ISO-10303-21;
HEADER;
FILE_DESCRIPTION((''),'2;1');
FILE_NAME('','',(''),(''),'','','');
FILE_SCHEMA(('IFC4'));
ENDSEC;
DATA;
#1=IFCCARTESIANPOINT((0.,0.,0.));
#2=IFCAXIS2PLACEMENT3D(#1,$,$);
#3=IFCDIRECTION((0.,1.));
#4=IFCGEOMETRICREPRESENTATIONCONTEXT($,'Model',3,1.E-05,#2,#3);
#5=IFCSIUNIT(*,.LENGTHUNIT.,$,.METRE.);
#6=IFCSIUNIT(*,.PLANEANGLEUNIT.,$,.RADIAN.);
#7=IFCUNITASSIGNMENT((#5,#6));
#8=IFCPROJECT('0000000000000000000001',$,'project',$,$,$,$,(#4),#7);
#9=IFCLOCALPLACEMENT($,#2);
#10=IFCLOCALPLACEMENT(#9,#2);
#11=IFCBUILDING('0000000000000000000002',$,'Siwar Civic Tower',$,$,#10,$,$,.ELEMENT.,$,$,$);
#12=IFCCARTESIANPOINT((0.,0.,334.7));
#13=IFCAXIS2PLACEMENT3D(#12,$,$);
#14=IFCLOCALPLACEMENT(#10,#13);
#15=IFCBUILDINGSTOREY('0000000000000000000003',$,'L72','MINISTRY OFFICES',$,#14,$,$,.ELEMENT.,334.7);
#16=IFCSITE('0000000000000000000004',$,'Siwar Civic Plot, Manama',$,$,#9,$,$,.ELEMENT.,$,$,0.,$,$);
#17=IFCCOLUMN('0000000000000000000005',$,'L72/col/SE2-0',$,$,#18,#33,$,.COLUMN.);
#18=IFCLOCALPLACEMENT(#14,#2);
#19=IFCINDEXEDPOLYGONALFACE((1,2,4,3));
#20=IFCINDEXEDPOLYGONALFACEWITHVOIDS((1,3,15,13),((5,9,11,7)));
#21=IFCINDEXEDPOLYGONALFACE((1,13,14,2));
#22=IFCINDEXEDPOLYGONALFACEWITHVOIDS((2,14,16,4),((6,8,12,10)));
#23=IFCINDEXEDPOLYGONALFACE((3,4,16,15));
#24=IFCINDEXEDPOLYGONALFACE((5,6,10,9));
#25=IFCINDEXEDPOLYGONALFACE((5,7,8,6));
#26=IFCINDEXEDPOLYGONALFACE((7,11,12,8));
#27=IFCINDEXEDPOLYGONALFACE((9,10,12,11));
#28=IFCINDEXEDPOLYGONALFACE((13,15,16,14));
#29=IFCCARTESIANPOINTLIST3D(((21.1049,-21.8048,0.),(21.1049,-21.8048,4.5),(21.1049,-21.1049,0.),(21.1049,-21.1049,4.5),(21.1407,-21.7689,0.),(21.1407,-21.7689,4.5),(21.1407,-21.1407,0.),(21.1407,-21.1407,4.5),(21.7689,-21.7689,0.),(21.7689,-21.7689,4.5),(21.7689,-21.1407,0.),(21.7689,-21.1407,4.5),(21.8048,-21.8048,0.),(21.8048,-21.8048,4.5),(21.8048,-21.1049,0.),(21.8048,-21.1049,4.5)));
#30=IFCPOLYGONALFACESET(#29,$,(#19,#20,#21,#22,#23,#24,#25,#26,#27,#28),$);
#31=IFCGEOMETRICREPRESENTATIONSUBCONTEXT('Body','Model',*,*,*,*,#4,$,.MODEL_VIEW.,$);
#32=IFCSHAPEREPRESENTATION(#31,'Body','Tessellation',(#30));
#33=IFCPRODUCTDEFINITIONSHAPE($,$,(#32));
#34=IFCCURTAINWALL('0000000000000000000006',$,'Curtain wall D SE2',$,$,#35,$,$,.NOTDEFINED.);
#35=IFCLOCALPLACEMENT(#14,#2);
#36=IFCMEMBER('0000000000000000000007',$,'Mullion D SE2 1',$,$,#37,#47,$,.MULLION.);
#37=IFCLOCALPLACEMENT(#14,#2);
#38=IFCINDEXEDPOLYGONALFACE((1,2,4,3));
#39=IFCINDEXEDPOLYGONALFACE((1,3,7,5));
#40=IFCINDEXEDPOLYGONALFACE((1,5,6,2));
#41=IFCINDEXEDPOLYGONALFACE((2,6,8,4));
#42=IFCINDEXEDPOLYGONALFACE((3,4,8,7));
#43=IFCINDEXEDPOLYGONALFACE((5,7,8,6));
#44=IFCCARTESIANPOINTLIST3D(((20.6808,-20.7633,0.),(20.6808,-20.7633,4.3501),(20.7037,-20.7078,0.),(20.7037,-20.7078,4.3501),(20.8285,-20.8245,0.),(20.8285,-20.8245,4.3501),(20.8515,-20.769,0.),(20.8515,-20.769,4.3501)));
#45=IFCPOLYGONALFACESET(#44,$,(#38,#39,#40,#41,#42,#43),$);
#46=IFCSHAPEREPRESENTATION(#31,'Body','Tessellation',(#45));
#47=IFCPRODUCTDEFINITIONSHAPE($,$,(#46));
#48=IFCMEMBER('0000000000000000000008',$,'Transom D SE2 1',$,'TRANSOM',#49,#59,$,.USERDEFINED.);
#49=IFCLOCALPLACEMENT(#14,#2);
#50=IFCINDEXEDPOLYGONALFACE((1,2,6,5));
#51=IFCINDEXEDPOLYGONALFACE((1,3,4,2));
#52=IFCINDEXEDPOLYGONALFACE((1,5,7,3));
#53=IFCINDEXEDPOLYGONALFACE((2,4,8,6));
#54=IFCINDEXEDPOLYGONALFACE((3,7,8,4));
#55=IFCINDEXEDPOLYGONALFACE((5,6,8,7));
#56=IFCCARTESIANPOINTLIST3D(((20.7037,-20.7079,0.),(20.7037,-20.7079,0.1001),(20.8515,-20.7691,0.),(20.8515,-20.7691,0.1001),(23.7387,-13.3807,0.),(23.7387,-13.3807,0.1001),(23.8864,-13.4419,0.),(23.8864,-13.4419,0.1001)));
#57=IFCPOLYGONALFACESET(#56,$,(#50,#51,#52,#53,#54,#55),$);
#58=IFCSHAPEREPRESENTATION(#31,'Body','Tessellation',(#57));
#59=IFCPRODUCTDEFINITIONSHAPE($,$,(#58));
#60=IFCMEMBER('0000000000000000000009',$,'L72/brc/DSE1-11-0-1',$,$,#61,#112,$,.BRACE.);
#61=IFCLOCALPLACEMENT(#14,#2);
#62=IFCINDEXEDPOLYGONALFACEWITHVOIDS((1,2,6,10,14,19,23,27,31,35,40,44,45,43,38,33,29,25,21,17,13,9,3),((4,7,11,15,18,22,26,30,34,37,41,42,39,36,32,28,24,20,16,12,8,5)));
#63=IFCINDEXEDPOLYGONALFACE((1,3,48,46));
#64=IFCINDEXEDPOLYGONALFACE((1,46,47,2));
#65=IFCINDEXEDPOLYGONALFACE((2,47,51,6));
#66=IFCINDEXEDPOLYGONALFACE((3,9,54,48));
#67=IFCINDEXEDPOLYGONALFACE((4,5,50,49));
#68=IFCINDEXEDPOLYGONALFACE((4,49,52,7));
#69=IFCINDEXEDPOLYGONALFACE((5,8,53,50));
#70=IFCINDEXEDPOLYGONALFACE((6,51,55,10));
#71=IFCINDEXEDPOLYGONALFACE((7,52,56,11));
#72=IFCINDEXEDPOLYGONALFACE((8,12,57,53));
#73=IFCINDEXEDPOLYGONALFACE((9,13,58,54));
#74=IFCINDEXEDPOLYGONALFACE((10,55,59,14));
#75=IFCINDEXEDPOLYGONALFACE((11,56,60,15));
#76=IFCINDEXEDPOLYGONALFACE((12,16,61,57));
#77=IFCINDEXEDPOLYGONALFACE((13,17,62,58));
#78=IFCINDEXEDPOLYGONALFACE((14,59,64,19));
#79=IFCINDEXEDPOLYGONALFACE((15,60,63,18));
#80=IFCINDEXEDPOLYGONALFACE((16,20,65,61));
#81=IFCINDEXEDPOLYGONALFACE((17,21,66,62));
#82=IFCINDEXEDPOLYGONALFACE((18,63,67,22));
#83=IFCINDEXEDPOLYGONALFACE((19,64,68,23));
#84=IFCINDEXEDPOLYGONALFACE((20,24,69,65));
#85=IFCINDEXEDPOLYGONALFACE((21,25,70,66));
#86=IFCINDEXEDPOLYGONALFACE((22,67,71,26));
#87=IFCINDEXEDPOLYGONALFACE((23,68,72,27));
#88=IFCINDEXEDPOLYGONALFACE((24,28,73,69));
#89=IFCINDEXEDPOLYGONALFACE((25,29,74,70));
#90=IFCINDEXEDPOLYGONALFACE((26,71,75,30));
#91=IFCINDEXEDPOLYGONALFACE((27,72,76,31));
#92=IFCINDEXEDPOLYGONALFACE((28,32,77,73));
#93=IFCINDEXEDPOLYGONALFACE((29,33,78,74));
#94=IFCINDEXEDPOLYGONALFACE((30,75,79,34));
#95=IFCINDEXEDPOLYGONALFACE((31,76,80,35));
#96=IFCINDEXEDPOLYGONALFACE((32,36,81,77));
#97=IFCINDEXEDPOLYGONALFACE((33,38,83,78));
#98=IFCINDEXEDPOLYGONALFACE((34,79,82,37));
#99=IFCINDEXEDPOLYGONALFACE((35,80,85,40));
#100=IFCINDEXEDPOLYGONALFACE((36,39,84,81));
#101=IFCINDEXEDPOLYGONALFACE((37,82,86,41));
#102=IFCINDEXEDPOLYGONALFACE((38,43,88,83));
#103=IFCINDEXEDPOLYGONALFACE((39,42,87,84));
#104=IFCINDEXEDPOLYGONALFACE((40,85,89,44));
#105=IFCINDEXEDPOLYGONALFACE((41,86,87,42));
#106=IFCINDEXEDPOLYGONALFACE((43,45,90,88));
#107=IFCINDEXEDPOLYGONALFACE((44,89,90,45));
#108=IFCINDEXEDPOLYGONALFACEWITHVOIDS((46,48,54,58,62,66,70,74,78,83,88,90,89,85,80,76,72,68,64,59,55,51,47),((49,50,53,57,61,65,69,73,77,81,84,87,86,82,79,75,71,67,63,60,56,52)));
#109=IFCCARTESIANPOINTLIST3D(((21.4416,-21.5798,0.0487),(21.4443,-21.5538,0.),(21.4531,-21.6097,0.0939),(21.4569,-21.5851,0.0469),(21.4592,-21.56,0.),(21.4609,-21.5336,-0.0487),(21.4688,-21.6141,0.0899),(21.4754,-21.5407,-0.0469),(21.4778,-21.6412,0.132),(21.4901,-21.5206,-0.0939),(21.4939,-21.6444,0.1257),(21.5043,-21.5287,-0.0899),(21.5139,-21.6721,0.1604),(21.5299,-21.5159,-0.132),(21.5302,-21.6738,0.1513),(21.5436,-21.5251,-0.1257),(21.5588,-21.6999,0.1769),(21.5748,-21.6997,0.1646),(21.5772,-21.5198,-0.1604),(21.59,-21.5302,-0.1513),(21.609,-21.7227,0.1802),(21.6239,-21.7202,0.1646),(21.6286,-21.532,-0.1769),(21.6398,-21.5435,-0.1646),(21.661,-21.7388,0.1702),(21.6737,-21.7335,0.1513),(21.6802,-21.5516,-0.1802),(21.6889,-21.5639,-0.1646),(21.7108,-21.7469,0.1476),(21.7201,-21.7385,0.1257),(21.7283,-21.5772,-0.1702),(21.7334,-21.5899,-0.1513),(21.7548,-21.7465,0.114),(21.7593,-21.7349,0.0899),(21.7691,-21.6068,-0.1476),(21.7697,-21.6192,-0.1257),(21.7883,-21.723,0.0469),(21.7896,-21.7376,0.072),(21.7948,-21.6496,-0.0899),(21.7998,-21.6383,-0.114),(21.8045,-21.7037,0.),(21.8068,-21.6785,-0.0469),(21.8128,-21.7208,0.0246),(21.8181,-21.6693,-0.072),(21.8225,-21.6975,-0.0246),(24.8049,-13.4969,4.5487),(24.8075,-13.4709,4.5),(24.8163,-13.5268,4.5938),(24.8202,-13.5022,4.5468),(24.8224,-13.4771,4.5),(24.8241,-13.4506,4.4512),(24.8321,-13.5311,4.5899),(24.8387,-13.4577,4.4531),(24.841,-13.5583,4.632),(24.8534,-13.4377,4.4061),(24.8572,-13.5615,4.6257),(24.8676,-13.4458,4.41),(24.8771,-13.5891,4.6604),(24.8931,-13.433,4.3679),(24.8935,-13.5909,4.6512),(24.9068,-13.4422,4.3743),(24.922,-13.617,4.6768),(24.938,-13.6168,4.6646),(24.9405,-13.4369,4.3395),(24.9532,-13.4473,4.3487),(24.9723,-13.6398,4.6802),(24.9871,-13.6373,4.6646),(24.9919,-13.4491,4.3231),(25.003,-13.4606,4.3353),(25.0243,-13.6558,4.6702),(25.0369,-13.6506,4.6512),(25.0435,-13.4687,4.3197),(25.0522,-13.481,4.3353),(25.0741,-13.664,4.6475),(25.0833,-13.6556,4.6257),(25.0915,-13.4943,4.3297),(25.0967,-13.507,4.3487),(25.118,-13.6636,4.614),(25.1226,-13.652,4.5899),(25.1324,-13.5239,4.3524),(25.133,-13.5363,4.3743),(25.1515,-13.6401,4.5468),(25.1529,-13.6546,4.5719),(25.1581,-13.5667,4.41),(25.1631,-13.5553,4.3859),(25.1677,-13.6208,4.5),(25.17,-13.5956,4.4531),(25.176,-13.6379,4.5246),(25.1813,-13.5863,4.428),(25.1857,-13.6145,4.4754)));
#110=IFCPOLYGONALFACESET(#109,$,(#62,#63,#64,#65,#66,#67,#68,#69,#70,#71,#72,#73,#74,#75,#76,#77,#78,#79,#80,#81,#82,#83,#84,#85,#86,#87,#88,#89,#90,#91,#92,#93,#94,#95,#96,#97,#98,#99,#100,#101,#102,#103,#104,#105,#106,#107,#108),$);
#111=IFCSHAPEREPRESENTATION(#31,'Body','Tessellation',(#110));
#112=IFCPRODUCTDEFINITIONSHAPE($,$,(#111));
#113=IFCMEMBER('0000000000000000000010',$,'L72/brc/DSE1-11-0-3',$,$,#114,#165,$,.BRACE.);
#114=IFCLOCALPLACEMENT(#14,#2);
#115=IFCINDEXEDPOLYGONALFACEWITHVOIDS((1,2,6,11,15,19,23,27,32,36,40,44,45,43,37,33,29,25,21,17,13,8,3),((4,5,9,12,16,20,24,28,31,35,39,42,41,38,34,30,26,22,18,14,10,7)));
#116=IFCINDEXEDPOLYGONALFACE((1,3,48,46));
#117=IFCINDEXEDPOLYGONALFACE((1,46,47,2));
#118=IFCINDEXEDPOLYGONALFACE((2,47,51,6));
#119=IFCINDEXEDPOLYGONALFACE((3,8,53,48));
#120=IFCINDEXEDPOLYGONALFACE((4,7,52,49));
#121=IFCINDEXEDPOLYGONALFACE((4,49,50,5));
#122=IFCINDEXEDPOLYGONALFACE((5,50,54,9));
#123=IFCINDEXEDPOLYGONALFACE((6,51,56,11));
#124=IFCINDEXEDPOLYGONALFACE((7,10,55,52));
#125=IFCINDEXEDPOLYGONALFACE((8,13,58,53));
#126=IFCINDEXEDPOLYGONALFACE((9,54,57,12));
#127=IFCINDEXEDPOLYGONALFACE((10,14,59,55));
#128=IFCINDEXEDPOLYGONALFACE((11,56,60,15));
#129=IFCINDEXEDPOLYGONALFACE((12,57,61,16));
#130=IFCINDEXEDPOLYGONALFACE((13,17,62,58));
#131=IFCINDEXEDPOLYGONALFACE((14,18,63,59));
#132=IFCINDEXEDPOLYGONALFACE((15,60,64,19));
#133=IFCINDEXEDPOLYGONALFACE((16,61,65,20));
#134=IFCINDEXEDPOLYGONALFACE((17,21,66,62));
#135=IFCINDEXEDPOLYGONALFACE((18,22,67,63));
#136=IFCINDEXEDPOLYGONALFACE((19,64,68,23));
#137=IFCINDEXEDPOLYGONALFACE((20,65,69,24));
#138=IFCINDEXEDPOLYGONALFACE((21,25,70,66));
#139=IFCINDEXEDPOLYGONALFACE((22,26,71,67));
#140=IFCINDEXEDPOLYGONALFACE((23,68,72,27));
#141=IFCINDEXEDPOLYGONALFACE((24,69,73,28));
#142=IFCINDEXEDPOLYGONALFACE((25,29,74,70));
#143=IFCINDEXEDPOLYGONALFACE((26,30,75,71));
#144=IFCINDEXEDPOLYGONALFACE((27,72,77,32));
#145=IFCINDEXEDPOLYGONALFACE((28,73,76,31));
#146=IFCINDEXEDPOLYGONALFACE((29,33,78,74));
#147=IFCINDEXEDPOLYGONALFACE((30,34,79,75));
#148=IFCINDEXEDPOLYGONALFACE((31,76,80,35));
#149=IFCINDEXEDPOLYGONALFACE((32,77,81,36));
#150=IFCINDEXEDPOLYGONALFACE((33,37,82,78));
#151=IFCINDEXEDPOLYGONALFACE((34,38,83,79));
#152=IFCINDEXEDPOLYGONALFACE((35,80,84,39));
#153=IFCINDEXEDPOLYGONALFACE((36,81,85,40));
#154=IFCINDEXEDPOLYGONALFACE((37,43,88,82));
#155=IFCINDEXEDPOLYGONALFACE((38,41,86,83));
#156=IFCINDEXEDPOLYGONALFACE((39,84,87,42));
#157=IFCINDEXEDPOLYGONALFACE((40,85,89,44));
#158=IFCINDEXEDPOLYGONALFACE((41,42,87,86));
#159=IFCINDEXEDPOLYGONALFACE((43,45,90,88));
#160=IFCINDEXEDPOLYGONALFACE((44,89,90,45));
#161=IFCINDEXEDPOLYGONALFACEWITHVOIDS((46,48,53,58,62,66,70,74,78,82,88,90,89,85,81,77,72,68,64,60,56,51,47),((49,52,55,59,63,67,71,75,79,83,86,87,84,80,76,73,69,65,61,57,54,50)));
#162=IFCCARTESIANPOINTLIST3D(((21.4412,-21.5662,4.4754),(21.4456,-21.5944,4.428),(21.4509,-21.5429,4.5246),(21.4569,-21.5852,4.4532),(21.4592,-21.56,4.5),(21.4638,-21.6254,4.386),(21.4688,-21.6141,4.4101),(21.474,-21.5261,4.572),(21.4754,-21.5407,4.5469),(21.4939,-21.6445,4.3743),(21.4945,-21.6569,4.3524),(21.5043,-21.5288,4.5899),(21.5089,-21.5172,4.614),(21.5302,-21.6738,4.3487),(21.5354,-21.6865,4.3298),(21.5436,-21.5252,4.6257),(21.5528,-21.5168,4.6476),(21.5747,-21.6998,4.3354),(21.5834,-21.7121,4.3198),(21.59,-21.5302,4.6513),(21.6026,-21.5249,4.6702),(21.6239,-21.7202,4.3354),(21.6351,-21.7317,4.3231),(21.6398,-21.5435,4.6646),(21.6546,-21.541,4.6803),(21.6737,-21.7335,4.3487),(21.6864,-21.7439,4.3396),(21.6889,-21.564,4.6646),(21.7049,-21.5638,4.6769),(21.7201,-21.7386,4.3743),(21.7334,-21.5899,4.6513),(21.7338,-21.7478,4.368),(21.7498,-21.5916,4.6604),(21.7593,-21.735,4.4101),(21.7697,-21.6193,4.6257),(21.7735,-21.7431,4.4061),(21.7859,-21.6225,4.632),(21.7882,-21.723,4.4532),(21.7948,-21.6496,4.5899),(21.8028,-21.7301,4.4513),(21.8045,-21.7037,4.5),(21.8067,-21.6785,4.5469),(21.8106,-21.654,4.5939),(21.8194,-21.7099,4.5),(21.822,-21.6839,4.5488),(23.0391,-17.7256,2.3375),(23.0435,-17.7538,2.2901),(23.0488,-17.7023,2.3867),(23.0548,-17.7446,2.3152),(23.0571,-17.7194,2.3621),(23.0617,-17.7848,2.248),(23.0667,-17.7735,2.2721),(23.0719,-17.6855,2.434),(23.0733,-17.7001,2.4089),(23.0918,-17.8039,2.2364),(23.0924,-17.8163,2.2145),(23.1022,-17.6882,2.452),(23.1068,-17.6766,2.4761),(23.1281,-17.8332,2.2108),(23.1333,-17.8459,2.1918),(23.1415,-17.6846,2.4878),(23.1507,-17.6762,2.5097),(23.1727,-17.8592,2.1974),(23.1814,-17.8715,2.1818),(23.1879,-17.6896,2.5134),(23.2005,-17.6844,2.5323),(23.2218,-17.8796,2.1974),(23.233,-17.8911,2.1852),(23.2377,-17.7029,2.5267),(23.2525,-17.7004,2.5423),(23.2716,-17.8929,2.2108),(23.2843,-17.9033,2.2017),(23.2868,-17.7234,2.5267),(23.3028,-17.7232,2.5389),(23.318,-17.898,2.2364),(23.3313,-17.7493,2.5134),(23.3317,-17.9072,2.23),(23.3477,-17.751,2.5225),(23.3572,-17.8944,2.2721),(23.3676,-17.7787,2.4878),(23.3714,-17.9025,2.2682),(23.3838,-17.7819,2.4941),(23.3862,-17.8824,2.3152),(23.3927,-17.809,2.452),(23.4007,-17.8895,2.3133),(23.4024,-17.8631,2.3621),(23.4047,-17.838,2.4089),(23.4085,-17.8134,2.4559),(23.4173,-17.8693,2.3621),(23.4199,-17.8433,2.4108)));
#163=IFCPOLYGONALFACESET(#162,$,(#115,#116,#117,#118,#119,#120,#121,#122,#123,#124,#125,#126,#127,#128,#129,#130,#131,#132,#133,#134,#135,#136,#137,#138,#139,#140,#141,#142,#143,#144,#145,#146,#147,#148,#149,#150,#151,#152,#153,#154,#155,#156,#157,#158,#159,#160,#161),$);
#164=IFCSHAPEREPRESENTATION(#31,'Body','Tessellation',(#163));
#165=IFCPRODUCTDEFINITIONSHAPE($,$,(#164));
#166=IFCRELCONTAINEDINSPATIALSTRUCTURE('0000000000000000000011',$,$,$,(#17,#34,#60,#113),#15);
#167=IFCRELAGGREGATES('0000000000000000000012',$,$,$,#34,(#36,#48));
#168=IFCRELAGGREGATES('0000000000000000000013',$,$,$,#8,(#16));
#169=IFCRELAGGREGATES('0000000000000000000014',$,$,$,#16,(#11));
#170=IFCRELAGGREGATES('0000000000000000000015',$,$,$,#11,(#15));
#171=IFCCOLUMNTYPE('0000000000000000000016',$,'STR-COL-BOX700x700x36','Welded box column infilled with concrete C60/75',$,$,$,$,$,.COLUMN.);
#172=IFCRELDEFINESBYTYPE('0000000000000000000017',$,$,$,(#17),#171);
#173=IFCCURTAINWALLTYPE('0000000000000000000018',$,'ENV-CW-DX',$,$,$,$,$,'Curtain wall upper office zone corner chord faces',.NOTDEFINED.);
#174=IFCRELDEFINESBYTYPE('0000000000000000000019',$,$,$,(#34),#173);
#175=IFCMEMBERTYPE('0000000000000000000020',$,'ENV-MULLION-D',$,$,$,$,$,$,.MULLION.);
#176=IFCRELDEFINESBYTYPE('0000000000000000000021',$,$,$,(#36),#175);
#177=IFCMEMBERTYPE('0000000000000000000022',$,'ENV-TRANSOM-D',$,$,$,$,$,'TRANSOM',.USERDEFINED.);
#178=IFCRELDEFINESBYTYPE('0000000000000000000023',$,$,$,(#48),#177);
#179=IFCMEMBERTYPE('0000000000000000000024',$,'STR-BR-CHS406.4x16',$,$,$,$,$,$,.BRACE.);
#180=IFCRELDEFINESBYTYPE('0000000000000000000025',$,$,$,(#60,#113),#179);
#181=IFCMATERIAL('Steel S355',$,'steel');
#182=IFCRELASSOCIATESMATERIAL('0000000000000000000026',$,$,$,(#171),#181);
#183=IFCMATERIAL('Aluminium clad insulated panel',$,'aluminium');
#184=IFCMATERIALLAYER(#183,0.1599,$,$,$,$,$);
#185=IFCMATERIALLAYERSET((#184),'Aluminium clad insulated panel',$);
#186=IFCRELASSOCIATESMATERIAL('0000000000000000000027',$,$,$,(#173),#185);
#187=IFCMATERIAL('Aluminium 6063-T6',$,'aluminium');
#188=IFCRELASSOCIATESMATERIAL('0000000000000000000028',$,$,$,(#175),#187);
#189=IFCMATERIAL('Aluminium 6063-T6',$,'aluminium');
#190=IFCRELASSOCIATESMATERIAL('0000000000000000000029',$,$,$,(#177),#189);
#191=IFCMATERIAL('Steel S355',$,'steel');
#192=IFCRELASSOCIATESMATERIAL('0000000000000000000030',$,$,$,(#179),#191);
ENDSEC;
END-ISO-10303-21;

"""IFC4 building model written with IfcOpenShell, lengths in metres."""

from ifc_helpers import new_model, si_unit, direction, frame, origin, origin_2d, place, context, subcontext, project, spatial, rectangle, hollow_rectangle, hollow_circle, extrude, material, layer, layer_set, material_profile, profile_set, type_object, element, aggregate, save


model = new_model("IFC4")

# Units and contexts
model_context = context("Model", 3, precision=1e-05, world=origin(), true_north=direction((0.0, 1.0)))
body_context = subcontext(model_context, "Body", "Model", "MODEL_VIEW")
ifc_project = project(units=[si_unit("LENGTHUNIT", "METRE"), si_unit("PLANEANGLEUNIT", "RADIAN")], contexts=[model_context])

# Site, building, storey
site_placement = place(None, origin())
site = spatial("IfcSite", under=ifc_project, at=site_placement, Name="Siwar Civic Plot, Manama", CompositionType="ELEMENT", RefElevation=0.0)
building_placement = place(site_placement, origin())
building = spatial("IfcBuilding", under=site, at=building_placement, Name="Siwar Civic Tower", CompositionType="ELEMENT")
storey_placement = place(building_placement, frame((0.0, 0.0, 334.7)))
storey = spatial("IfcBuildingStorey", under=building, at=storey_placement, Name="L72", Description="MINISTRY OFFICES", CompositionType="ELEMENT", Elevation=334.7)

# Column
ifc_material_1 = material(Name="Steel S355", Category="steel")
ifc_material_profile_1 = material_profile(ifc_material_1, hollow_rectangle(XDim=0.7, YDim=0.7, WallThickness=0.0359, at=origin_2d()), Name="BOX700x700x36")
ifc_profile_set_1 = profile_set([ifc_material_profile_1], Name="Steel S355")
column_type = type_object("IfcColumnType", Name="STR-COL-BOX700x700x36", Description="Welded box column infilled with concrete C60/75", PredefinedType="COLUMN", material=ifc_profile_set_1)
column_placement = place(storey_placement, frame((21.4548, -21.4548, 0.0), z_axis=(0.0, 0.0, 1.0), x_axis=(1.0, 0.0, 0.0)))
element("IfcColumn", 1, at=column_placement, inside=storey, type_object=column_type, Name="L72/col/SE2-0", PredefinedType="COLUMN", context=body_context, shape_type="SweptSolid", body=[
    extrude(hollow_rectangle(XDim=0.7, YDim=0.7, WallThickness=0.0359, at=origin_2d()), origin(), (0.0, 0.0, 1.0), 4.5),
])

# Curtain wall, members
ifc_material_2 = material(Name="Aluminium clad insulated panel", Category="aluminium")
ifc_layer_1 = layer(ifc_material_2, 0.1599)
ifc_layer_set_1 = layer_set([ifc_layer_1], Name="Aluminium clad insulated panel")
curtain_wall_type = type_object("IfcCurtainWallType", Name="ENV-CW-DX", ElementType="Curtain wall upper office zone corner chord faces", PredefinedType="NOTDEFINED", material=ifc_layer_set_1)
curtain_wall_1_placement = place(storey_placement, origin())
curtain_wall_1 = element("IfcCurtainWall", 2, at=curtain_wall_1_placement, inside=storey, type_object=curtain_wall_type, Name="Curtain wall D SE2", PredefinedType="NOTDEFINED")
ifc_material_3 = material(Name="Aluminium 6063-T6", Category="aluminium")
ifc_material_profile_2 = material_profile(ifc_material_3, rectangle(XDim=0.1599, YDim=0.0601, at=origin_2d()), Name="AL 160x60")
ifc_profile_set_2 = profile_set([ifc_material_profile_2], Name="Aluminium 6063-T6")
member_type_1 = type_object("IfcMemberType", Name="ENV-MULLION-D", PredefinedType="MULLION", material=ifc_profile_set_2)
member_1_placement = place(storey_placement, frame((20.7661, -20.7661, 0.0), z_axis=(0.0, 0.0, 1.0), x_axis=(-0.92388, 0.382683, 0.0)))
member_1 = element("IfcMember", 3, at=member_1_placement, type_object=member_type_1, Name="Mullion D SE2 1", PredefinedType="MULLION", context=body_context, shape_type="SweptSolid", body=[
    extrude(rectangle(XDim=0.1599, YDim=0.0601, at=origin_2d()), origin(), (0.0, 0.0, 1.0), 4.3501),
])
ifc_material_4 = material(Name="Aluminium 6063-T6", Category="aluminium")
ifc_material_profile_3 = material_profile(ifc_material_4, rectangle(XDim=0.1599, YDim=0.1001, at=origin_2d()), Name="AL 160x100")
ifc_profile_set_3 = profile_set([ifc_material_profile_3], Name="Aluminium 6063-T6")
member_type_2 = type_object("IfcMemberType", Name="ENV-TRANSOM-D", ElementType="TRANSOM", PredefinedType="USERDEFINED", material=ifc_profile_set_3)
member_2_placement = place(storey_placement, frame((20.7776, -20.7385, 0.05), z_axis=(0.382674, 0.923884, 0.0), x_axis=(-0.923884, 0.382674, 0.0)))
member_2 = element("IfcMember", 4, at=member_2_placement, type_object=member_type_2, Name="Transom D SE2 1", ObjectType="TRANSOM", PredefinedType="USERDEFINED", context=body_context, shape_type="SweptSolid", body=[
    extrude(rectangle(XDim=0.1599, YDim=0.1001, at=origin_2d()), origin(), (0.0, 0.0, 1.0), 7.9309),
])

# Members
ifc_material_5 = material(Name="Steel S355", Category="steel")
ifc_material_profile_4 = material_profile(ifc_material_5, hollow_circle(Radius=0.2031, WallThickness=0.0161, at=origin_2d()), Name="CHS406.4x16")
ifc_profile_set_4 = profile_set([ifc_material_profile_4], Name="Steel S355")
member_type_3 = type_object("IfcMemberType", Name="STR-BR-CHS406.4x16", PredefinedType="BRACE", material=ifc_profile_set_4)
member_3_placement = place(storey_placement, frame((21.6318, -21.6318, 0.0), z_axis=(0.341671, 0.821143, 0.457149), x_axis=(-0.923265, 0.384164, 0.0)))
element("IfcMember", 5, at=member_3_placement, inside=storey, type_object=member_type_3, Name="L72/brc/DSE1-11-0-1", PredefinedType="BRACE", context=body_context, shape_type="SweptSolid", body=[
    extrude(hollow_circle(Radius=0.2031, WallThickness=0.0161, at=origin_2d()), origin(), (0.0, 0.0, 1.0), 9.8435),
])
member_4_placement = place(storey_placement, frame((23.2297, -17.7913, 2.3621), z_axis=(-0.341653, -0.821167, 0.45712), x_axis=(0.923276, -0.384136, 0.0)))
element("IfcMember", 6, at=member_4_placement, inside=storey, type_object=member_type_3, Name="L72/brc/DSE1-11-0-3", PredefinedType="BRACE", context=body_context, shape_type="SweptSolid", body=[
    extrude(hollow_circle(Radius=0.2031, WallThickness=0.0161, at=origin_2d()), origin(), (0.0, 0.0, 1.0), 4.677),
])

aggregate(curtain_wall_1, [member_1, member_2])

save(model, "model.ifc")
